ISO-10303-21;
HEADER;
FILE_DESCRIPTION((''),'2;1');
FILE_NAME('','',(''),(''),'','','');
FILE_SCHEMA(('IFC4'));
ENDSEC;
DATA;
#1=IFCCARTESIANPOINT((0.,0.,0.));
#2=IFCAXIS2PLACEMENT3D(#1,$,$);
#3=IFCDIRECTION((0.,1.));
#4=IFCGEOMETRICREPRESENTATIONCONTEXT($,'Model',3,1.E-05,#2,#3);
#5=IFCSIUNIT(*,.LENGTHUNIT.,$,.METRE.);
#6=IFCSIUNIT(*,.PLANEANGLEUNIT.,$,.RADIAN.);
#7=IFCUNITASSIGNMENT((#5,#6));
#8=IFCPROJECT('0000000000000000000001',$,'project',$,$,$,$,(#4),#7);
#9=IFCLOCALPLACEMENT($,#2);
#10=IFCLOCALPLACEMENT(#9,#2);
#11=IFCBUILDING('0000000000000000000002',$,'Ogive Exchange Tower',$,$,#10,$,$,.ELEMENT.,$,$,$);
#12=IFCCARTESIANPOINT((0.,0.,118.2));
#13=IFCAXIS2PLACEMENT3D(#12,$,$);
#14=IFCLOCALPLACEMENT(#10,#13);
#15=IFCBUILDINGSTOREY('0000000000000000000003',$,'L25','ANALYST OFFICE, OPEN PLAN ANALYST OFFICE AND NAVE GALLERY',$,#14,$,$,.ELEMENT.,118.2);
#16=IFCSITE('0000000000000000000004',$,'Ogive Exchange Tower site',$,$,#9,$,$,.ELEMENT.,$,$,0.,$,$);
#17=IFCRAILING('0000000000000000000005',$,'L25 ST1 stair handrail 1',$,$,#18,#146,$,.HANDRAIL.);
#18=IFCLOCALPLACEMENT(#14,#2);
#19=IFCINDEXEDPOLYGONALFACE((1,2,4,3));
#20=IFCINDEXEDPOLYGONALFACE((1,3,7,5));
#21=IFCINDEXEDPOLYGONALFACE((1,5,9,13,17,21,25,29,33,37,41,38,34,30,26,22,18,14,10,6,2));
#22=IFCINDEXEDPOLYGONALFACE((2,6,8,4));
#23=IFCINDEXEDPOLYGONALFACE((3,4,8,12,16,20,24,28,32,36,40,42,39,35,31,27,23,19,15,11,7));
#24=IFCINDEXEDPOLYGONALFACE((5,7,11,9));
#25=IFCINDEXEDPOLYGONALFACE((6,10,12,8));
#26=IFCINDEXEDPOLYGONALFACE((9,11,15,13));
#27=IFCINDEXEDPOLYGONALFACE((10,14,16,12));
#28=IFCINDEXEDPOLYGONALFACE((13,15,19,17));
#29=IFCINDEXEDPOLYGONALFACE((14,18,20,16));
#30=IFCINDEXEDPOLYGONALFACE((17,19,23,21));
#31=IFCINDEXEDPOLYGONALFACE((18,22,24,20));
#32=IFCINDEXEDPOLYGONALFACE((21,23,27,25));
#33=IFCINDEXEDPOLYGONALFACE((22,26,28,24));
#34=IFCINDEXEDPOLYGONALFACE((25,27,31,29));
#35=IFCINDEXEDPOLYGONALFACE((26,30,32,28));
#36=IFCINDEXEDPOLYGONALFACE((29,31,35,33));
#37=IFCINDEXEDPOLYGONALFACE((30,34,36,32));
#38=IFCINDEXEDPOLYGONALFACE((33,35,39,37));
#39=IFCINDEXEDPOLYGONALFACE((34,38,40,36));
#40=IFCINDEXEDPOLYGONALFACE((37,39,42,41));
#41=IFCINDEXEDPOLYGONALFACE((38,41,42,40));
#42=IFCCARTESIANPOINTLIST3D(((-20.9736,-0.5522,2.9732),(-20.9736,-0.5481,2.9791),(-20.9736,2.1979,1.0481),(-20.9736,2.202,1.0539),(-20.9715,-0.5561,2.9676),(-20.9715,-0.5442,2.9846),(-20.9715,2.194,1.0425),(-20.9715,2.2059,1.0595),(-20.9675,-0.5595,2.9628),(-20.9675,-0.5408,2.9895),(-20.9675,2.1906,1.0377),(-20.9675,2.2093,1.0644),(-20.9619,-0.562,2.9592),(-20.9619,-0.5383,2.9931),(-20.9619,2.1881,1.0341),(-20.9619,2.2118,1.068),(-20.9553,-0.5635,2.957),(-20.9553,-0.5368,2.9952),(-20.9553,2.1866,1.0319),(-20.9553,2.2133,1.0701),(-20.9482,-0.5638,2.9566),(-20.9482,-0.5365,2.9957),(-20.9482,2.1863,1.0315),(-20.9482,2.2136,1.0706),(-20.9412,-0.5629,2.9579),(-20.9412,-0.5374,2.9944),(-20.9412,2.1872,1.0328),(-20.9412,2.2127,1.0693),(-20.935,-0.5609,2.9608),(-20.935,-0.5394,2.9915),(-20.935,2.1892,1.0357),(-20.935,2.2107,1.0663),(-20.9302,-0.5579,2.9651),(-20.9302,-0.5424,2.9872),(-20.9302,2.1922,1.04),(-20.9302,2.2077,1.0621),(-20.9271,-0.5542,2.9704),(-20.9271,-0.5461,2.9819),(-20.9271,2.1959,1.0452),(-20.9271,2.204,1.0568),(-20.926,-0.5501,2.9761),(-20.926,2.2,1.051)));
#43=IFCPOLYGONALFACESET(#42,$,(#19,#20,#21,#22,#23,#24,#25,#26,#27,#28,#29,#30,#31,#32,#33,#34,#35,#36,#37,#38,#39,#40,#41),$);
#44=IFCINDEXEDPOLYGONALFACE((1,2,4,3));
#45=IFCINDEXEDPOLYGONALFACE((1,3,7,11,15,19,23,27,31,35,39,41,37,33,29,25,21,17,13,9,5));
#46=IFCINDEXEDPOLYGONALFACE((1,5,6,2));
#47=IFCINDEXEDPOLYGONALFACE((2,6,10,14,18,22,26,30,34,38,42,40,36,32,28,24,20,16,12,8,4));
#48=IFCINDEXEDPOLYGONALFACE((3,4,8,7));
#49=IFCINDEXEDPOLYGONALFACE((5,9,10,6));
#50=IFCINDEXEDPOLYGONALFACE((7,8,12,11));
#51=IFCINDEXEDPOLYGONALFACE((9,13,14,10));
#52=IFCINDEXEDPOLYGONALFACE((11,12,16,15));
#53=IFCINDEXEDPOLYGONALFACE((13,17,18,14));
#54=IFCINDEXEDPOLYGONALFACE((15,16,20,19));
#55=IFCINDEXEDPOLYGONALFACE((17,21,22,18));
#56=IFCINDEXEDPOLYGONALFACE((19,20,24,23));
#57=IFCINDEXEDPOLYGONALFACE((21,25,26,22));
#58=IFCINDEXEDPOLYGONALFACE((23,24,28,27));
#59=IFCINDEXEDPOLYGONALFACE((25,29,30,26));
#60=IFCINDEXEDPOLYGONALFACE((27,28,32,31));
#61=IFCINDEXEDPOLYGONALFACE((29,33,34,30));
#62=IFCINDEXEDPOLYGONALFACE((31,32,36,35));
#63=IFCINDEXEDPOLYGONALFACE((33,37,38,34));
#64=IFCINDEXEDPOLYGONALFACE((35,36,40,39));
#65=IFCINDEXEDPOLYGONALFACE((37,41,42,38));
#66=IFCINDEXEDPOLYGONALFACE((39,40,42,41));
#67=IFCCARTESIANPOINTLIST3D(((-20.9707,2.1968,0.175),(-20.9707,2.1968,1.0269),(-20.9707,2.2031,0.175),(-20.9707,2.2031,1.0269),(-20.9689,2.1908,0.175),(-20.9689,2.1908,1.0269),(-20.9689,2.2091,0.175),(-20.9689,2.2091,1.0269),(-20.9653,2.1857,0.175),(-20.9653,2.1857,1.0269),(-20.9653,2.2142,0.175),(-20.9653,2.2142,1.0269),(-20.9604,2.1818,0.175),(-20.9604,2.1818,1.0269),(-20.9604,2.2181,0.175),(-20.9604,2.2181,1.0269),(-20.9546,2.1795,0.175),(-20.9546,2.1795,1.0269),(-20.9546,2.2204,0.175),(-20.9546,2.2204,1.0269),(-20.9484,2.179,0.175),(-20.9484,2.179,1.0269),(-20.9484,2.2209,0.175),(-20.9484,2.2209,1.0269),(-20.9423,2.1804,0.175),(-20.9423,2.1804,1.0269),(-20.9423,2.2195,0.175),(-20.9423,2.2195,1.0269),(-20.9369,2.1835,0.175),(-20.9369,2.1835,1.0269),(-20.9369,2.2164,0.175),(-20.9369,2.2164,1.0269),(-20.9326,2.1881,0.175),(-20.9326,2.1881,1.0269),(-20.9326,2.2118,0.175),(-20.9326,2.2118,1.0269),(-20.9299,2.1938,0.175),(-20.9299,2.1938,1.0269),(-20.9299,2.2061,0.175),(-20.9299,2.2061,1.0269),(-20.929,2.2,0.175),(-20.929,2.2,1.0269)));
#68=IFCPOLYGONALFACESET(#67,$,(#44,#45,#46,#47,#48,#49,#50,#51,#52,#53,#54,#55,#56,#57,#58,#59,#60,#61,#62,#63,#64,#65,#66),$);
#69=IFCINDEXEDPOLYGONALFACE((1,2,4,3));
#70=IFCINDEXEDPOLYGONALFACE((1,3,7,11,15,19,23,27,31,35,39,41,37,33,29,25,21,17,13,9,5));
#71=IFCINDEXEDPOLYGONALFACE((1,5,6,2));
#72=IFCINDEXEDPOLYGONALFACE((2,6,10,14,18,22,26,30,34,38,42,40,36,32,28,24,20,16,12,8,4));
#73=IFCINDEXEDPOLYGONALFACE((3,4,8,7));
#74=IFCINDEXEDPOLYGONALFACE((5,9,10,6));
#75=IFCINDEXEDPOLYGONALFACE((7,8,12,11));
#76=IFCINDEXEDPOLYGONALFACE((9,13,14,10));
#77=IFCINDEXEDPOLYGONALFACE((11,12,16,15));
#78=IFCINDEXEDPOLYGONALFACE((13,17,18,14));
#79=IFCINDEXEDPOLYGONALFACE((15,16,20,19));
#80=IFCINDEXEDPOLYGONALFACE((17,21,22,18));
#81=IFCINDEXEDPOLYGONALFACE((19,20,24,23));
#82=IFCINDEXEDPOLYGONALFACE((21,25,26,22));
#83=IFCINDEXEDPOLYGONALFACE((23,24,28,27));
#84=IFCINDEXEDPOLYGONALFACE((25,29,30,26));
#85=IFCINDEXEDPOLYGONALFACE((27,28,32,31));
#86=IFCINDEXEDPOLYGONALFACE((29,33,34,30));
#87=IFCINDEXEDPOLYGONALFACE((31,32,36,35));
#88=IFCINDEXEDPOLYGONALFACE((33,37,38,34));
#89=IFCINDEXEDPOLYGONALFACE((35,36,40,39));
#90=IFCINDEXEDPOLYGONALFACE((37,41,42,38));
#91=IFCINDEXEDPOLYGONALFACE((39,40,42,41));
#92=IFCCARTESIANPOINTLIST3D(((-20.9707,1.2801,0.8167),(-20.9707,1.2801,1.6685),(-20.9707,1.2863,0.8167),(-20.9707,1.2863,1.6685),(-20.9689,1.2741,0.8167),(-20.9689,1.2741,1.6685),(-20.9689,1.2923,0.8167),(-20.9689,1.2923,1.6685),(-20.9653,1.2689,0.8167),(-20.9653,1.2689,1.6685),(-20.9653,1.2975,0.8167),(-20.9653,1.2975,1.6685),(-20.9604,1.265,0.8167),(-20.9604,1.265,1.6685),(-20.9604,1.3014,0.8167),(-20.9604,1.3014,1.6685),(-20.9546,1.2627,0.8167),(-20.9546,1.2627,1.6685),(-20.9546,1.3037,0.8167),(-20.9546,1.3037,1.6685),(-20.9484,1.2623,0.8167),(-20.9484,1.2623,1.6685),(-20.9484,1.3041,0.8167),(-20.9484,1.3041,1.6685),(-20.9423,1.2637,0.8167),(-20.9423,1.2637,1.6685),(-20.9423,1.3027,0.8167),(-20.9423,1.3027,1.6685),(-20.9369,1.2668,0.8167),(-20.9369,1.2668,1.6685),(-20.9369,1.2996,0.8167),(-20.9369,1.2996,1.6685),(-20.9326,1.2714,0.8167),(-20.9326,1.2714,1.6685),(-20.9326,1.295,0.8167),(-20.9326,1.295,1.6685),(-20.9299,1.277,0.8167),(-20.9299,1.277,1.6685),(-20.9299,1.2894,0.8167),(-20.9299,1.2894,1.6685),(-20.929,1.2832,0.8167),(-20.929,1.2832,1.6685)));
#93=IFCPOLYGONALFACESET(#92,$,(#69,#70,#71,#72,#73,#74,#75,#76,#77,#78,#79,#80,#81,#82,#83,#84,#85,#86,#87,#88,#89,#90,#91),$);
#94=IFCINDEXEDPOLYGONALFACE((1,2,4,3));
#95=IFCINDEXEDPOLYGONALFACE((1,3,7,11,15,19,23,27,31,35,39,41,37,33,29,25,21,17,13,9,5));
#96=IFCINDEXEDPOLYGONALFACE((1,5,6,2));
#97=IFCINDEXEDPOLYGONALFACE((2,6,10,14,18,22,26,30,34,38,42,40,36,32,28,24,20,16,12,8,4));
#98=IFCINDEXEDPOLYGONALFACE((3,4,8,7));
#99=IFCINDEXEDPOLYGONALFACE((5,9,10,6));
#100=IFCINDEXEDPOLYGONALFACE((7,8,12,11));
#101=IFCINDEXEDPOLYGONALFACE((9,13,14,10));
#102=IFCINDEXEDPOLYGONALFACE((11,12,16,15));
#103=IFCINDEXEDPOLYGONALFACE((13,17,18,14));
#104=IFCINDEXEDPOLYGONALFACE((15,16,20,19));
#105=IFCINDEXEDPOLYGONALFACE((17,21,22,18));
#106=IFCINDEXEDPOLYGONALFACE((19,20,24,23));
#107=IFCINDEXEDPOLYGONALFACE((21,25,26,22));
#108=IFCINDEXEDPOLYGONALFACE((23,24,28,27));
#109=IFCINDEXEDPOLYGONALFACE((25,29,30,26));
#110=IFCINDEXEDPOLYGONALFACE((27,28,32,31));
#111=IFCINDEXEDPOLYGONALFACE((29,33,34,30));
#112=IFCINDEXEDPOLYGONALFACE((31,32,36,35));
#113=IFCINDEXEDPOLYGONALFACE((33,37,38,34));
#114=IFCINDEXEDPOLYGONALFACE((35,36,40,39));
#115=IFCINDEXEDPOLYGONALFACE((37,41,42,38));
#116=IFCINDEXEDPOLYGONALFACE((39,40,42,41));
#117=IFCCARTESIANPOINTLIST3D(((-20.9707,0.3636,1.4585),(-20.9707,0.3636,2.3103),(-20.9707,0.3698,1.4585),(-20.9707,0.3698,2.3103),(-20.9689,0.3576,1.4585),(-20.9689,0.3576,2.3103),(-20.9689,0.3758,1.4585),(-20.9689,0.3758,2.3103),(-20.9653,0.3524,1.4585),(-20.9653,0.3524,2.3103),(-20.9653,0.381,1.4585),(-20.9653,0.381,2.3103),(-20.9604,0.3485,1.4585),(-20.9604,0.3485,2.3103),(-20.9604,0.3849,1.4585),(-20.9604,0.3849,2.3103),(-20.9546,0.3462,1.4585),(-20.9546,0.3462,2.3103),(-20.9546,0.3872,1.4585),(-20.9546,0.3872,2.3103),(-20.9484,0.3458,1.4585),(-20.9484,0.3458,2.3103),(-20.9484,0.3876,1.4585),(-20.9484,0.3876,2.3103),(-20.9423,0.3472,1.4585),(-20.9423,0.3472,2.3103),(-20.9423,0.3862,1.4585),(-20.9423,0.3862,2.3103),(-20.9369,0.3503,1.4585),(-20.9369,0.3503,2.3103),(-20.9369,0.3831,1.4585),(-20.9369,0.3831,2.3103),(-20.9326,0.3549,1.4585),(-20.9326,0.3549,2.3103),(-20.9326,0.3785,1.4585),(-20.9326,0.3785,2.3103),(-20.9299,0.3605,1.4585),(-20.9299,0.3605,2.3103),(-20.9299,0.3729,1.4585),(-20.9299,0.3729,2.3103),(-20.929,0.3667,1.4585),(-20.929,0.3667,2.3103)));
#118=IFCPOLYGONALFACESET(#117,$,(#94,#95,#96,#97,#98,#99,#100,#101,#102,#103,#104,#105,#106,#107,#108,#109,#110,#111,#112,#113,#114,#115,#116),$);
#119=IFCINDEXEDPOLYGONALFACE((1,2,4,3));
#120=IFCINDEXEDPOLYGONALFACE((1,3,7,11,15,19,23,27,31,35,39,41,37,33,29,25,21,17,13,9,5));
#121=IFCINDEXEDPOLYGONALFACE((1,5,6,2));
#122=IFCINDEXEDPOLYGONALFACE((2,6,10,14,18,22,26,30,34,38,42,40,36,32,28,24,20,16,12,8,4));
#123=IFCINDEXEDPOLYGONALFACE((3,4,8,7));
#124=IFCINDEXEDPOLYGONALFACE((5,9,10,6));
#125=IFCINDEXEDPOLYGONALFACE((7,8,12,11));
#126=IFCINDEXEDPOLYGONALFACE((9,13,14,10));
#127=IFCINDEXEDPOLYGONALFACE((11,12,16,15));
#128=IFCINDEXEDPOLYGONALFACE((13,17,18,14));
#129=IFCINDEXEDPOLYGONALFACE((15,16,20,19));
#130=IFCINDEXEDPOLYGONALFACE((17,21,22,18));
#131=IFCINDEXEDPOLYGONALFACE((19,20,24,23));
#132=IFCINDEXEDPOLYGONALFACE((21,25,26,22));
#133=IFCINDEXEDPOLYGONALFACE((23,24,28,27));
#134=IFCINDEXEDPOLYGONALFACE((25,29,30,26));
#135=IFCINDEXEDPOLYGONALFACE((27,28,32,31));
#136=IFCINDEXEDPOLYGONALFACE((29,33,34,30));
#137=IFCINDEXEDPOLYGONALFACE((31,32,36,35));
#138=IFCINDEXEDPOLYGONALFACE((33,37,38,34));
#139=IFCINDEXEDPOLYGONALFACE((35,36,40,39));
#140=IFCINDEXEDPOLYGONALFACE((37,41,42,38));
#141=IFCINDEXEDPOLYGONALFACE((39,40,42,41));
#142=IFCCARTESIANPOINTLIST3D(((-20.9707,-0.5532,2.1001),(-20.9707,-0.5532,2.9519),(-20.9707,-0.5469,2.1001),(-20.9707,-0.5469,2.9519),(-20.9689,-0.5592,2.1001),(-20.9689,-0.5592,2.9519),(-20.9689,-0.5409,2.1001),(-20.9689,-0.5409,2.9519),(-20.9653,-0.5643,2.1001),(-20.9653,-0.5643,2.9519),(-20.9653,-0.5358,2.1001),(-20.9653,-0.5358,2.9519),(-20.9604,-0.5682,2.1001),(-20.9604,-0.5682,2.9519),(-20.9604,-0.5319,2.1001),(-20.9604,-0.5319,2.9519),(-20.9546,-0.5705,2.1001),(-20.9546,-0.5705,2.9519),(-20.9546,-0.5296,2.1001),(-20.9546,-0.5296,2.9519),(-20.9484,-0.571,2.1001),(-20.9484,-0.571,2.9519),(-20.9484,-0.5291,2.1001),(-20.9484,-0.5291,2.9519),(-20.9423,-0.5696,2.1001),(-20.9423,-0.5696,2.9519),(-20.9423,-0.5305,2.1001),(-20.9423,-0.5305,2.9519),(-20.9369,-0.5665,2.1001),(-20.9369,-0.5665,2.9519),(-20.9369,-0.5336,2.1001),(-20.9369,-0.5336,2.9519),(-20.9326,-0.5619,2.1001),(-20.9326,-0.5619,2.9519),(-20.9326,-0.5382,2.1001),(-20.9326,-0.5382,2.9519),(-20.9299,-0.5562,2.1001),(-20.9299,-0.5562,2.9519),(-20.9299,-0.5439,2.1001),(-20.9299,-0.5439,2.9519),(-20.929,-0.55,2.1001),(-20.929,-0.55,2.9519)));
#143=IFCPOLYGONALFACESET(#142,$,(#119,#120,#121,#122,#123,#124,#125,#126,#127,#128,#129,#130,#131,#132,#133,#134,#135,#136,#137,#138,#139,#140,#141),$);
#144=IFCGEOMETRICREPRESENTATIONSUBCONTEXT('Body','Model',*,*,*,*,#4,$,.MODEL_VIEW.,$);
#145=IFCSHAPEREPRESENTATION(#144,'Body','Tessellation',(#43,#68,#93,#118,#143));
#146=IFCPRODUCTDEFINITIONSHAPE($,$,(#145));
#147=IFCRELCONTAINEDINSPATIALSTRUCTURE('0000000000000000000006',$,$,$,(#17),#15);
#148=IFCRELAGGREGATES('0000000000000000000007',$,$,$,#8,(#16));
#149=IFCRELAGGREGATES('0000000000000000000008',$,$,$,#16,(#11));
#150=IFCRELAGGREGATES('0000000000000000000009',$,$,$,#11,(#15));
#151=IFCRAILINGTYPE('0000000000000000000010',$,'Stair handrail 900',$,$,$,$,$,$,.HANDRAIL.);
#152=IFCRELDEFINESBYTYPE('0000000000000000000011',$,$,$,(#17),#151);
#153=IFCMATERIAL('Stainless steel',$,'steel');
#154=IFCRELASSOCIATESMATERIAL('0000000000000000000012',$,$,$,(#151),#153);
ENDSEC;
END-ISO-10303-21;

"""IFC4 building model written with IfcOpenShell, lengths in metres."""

from ifc_helpers import new_model, si_unit, direction, frame, origin, origin_2d, place, context, subcontext, project, spatial, circle, extrude, material, type_object, element, save


model = new_model("IFC4")

# Units and contexts
model_context = context("Model", 3, precision=1e-05, world=origin(), true_north=direction((0.0, 1.0)))
body_context = subcontext(model_context, "Body", "Model", "MODEL_VIEW")
ifc_project = project(units=[si_unit("LENGTHUNIT", "METRE"), si_unit("PLANEANGLEUNIT", "RADIAN")], contexts=[model_context])

# Site, building, storey
site_placement = place(None, origin())
site = spatial("IfcSite", under=ifc_project, at=site_placement, Name="Ogive Exchange Tower site", CompositionType="ELEMENT", RefElevation=0.0)
building_placement = place(site_placement, origin())
building = spatial("IfcBuilding", under=site, at=building_placement, Name="Ogive Exchange Tower", CompositionType="ELEMENT")
storey_placement = place(building_placement, frame((0.0, 0.0, 118.2)))
storey = spatial("IfcBuildingStorey", under=building, at=storey_placement, Name="L25", Description="ANALYST OFFICE, OPEN PLAN ANALYST OFFICE AND NAVE GALLERY", CompositionType="ELEMENT", Elevation=118.2)

# Shared definitions
ifc_material_1 = material(Name="Stainless steel", Category="steel")

# Railing
railing_type = type_object("IfcRailingType", Name="Stair handrail 900", PredefinedType="HANDRAIL", material=ifc_material_1)
railing_1_placement = place(storey_placement, frame((-20.95, 2.2, 0.175)))
element("IfcRailing", 1, at=railing_1_placement, inside=storey, type_object=railing_type, Name="L25 ST1 stair handrail 1", PredefinedType="HANDRAIL", context=body_context, shape_type="SweptSolid", body=[
    extrude(circle(Radius=0.0239, at=origin_2d()), frame((0.0, 0.0, 0.876), z_axis=(0.0, -0.819225, 0.573472), x_axis=(1.0, 0.0, 0.0)), (0.0, 0.0, 1.0), 3.3569),
    extrude(circle(Radius=0.021, at=origin_2d()), origin(), (0.0, 0.0, 1.0), 0.8518),
    extrude(circle(Radius=0.021, at=origin_2d()), frame((0.0, -0.9167, 0.6416)), (0.0, 0.0, 1.0), 0.8518),
    extrude(circle(Radius=0.021, at=origin_2d()), frame((0.0, -1.8333, 1.2834)), (0.0, 0.0, 1.0), 0.8518),
    extrude(circle(Radius=0.021, at=origin_2d()), frame((0.0, -2.75, 1.925)), (0.0, 0.0, 1.0), 0.8518),
])

save(model, "model.ifc")
